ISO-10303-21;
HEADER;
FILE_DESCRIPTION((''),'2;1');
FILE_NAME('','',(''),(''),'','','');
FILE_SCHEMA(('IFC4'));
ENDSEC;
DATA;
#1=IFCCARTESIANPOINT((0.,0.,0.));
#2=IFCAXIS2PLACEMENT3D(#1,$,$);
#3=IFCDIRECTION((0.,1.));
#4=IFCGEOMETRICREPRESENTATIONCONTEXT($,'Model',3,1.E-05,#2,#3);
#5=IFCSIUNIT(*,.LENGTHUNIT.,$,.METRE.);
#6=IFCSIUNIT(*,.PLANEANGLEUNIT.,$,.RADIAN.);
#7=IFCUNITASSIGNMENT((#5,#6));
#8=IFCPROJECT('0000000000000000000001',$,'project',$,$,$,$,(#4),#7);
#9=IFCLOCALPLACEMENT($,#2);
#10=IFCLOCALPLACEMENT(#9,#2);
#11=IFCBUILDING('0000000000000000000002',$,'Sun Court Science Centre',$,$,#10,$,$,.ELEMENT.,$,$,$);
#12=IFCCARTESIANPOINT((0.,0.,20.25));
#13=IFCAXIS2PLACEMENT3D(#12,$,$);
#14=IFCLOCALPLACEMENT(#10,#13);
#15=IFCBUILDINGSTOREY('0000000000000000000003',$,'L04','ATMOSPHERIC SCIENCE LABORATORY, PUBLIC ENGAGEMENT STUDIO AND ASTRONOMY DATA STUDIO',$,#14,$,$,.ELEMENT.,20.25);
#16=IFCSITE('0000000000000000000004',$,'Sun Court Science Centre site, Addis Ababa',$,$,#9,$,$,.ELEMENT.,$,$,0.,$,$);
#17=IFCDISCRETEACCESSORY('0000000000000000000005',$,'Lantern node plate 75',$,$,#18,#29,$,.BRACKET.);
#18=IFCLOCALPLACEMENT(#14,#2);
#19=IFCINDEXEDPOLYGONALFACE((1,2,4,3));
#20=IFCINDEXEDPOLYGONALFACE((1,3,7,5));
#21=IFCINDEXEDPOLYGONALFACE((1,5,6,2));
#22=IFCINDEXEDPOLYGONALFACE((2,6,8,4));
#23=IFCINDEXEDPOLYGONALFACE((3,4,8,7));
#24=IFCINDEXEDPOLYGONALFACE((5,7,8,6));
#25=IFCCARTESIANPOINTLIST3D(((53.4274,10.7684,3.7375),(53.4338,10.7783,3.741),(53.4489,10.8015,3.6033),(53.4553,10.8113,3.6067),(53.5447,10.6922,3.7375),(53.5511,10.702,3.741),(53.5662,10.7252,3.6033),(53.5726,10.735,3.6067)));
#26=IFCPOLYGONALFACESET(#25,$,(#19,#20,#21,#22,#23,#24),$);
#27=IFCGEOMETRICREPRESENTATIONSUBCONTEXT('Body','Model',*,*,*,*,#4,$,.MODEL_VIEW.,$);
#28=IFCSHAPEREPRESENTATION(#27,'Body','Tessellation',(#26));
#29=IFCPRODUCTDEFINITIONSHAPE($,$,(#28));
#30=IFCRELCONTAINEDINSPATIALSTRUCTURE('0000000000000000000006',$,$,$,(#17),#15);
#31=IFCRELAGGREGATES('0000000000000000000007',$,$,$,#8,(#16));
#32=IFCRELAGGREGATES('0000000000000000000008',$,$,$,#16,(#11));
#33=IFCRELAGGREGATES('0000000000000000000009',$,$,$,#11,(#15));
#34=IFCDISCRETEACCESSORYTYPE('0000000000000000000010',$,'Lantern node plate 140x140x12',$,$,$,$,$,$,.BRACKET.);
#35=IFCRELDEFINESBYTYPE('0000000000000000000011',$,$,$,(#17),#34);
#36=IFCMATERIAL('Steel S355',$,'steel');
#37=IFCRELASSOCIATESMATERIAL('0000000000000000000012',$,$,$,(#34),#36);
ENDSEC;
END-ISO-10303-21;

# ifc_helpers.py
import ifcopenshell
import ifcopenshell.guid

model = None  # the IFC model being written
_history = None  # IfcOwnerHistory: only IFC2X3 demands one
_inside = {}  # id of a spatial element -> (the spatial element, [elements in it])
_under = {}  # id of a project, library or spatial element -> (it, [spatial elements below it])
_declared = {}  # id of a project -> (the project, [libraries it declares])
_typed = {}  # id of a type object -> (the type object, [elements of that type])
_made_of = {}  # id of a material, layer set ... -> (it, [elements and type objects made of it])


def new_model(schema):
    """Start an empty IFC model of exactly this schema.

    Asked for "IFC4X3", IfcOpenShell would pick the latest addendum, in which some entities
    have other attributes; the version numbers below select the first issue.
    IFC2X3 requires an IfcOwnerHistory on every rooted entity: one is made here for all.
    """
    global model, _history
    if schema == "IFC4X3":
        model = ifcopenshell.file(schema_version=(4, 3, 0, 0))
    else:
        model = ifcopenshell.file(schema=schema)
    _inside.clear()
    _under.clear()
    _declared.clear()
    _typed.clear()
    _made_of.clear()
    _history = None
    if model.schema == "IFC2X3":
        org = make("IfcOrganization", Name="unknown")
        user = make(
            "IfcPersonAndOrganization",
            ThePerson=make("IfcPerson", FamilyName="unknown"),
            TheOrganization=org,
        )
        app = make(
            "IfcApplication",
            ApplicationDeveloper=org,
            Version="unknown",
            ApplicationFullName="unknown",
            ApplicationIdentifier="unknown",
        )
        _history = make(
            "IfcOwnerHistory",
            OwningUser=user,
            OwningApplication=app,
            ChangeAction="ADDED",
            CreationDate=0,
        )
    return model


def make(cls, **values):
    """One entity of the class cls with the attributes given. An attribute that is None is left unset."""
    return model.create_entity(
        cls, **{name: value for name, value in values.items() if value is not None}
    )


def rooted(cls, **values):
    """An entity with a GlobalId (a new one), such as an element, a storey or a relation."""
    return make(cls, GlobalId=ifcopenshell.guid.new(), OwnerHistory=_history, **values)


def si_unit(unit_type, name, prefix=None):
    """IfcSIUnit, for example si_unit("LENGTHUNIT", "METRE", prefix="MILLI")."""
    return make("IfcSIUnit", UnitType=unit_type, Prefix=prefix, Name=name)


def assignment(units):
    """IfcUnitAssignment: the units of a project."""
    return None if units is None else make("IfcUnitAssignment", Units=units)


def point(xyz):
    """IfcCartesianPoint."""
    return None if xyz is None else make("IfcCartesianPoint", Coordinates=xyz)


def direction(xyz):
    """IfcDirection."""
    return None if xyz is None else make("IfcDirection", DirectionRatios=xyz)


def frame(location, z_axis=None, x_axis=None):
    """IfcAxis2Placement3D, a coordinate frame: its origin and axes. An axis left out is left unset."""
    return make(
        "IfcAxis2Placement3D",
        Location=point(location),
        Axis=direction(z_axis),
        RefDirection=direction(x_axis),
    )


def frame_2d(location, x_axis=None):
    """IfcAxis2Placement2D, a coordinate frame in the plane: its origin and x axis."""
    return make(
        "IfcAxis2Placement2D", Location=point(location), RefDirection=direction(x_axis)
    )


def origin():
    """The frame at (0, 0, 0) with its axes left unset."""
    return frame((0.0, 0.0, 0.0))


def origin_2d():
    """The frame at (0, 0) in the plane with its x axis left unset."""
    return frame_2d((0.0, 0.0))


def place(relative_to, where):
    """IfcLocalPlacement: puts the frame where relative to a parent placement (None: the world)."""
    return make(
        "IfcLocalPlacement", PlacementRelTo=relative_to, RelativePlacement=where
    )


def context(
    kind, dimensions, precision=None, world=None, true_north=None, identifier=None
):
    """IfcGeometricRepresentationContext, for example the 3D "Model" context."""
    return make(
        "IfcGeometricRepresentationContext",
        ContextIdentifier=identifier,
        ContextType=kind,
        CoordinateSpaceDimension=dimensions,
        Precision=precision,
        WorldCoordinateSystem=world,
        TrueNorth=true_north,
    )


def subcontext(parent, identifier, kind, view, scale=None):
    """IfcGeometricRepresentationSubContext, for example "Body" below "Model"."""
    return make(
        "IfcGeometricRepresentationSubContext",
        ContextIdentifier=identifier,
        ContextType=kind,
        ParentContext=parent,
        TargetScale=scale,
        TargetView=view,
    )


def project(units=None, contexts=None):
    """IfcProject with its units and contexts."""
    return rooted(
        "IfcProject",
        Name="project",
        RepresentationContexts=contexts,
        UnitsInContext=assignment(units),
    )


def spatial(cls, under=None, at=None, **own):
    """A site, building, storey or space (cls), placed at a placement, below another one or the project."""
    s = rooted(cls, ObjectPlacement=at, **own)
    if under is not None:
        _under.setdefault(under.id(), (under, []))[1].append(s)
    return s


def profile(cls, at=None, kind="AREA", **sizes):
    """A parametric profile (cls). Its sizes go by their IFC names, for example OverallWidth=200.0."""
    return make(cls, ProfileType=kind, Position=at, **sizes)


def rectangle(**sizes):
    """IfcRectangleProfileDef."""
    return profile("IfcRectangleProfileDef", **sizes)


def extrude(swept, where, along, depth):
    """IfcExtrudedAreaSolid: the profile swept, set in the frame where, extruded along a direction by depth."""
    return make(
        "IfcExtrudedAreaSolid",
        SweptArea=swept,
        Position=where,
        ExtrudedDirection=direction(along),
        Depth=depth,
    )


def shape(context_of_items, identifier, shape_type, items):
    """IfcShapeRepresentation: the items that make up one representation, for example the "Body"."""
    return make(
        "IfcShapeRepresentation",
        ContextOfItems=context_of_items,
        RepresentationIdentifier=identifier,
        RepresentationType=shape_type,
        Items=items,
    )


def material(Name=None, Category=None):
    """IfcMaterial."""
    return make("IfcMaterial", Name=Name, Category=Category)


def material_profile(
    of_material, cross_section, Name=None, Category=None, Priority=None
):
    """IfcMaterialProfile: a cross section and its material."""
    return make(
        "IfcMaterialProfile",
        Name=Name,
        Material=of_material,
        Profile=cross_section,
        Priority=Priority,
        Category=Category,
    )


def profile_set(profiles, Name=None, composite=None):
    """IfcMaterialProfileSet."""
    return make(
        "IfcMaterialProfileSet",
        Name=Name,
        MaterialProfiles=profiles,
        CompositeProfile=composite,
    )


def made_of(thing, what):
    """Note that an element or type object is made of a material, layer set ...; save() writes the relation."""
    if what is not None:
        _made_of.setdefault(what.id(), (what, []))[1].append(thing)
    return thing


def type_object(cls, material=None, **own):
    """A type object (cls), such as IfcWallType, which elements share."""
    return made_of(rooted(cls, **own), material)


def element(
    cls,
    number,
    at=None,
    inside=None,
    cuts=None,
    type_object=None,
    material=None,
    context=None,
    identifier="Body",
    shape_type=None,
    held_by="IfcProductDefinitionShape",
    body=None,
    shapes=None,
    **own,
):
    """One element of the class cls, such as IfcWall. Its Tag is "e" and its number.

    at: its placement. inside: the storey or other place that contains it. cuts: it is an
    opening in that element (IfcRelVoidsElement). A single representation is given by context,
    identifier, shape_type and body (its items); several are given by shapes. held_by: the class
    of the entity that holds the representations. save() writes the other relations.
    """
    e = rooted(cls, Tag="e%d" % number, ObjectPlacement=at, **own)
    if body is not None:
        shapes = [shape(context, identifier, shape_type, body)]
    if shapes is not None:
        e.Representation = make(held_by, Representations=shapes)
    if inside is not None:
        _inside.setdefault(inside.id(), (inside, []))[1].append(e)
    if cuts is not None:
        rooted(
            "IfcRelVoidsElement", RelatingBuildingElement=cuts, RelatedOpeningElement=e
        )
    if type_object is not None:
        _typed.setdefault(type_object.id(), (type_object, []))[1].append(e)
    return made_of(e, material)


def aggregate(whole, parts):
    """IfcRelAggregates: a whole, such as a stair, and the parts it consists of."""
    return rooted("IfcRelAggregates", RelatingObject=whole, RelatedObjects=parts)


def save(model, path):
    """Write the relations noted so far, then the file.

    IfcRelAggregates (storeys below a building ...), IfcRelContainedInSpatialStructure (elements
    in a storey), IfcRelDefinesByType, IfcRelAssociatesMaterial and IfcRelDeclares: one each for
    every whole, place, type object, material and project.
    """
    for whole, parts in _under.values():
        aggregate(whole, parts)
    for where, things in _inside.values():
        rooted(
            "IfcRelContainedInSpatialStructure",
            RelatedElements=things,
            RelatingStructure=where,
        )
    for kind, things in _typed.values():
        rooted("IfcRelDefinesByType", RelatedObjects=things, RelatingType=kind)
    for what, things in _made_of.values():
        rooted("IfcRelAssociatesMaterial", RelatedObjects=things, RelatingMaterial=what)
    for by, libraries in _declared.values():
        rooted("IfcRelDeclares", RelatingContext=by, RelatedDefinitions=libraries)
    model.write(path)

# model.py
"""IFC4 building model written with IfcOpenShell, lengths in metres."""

from ifc_helpers import new_model, si_unit, direction, frame, origin, origin_2d, place, context, subcontext, project, spatial, rectangle, extrude, material, material_profile, profile_set, type_object, element, save


model = new_model("IFC4")

# Units and contexts
model_context = context("Model", 3, precision=1e-05, world=origin(), true_north=direction((0.0, 1.0)))
body_context = subcontext(model_context, "Body", "Model", "MODEL_VIEW")
ifc_project = project(units=[si_unit("LENGTHUNIT", "METRE"), si_unit("PLANEANGLEUNIT", "RADIAN")], contexts=[model_context])

# Site, building, storey
site_placement = place(None, origin())
site = spatial("IfcSite", under=ifc_project, at=site_placement, Name="Sun Court Science Centre site, Addis Ababa", CompositionType="ELEMENT", RefElevation=0.0)
building_placement = place(site_placement, origin())
building = spatial("IfcBuilding", under=site, at=building_placement, Name="Sun Court Science Centre", CompositionType="ELEMENT")
storey_placement = place(building_placement, frame((0.0, 0.0, 20.25)))
storey = spatial("IfcBuildingStorey", under=building, at=storey_placement, Name="L04", Description="ATMOSPHERIC SCIENCE LABORATORY, PUBLIC ENGAGEMENT STUDIO AND ASTRONOMY DATA STUDIO", CompositionType="ELEMENT", Elevation=20.25)

# Discrete accessory
ifc_material_1 = material(Name="Steel S355", Category="steel")
ifc_material_profile_1 = material_profile(ifc_material_1, rectangle(XDim=0.1399, YDim=0.1399, at=origin_2d()), Name="PL 140x140")
ifc_profile_set_1 = profile_set([ifc_material_profile_1], Name="Steel S355")
discrete_accessory_type_1 = type_object("IfcDiscreteAccessoryType", Name="Lantern node plate 140x140x12", PredefinedType="BRACKET", material=ifc_profile_set_1)
for number, where, z_axis, x_axis, name in (
    (1, (53.4968, 10.7468, 3.6704), (0.522937, 0.804518, 0.281581), (-0.838444, 0.544988, 0.0), "Lantern node plate 75"),
):
    element("IfcDiscreteAccessory", number, at=place(storey_placement, frame(where, z_axis=z_axis, x_axis=x_axis)), inside=storey, type_object=discrete_accessory_type_1, Name=name, PredefinedType="BRACKET", context=body_context, shape_type="SweptSolid", body=[
        extrude(rectangle(XDim=0.1399, YDim=0.1399, at=origin_2d()), origin(), (0.0, 0.0, 1.0), 0.0122),
    ])

save(model, "model.ifc")
